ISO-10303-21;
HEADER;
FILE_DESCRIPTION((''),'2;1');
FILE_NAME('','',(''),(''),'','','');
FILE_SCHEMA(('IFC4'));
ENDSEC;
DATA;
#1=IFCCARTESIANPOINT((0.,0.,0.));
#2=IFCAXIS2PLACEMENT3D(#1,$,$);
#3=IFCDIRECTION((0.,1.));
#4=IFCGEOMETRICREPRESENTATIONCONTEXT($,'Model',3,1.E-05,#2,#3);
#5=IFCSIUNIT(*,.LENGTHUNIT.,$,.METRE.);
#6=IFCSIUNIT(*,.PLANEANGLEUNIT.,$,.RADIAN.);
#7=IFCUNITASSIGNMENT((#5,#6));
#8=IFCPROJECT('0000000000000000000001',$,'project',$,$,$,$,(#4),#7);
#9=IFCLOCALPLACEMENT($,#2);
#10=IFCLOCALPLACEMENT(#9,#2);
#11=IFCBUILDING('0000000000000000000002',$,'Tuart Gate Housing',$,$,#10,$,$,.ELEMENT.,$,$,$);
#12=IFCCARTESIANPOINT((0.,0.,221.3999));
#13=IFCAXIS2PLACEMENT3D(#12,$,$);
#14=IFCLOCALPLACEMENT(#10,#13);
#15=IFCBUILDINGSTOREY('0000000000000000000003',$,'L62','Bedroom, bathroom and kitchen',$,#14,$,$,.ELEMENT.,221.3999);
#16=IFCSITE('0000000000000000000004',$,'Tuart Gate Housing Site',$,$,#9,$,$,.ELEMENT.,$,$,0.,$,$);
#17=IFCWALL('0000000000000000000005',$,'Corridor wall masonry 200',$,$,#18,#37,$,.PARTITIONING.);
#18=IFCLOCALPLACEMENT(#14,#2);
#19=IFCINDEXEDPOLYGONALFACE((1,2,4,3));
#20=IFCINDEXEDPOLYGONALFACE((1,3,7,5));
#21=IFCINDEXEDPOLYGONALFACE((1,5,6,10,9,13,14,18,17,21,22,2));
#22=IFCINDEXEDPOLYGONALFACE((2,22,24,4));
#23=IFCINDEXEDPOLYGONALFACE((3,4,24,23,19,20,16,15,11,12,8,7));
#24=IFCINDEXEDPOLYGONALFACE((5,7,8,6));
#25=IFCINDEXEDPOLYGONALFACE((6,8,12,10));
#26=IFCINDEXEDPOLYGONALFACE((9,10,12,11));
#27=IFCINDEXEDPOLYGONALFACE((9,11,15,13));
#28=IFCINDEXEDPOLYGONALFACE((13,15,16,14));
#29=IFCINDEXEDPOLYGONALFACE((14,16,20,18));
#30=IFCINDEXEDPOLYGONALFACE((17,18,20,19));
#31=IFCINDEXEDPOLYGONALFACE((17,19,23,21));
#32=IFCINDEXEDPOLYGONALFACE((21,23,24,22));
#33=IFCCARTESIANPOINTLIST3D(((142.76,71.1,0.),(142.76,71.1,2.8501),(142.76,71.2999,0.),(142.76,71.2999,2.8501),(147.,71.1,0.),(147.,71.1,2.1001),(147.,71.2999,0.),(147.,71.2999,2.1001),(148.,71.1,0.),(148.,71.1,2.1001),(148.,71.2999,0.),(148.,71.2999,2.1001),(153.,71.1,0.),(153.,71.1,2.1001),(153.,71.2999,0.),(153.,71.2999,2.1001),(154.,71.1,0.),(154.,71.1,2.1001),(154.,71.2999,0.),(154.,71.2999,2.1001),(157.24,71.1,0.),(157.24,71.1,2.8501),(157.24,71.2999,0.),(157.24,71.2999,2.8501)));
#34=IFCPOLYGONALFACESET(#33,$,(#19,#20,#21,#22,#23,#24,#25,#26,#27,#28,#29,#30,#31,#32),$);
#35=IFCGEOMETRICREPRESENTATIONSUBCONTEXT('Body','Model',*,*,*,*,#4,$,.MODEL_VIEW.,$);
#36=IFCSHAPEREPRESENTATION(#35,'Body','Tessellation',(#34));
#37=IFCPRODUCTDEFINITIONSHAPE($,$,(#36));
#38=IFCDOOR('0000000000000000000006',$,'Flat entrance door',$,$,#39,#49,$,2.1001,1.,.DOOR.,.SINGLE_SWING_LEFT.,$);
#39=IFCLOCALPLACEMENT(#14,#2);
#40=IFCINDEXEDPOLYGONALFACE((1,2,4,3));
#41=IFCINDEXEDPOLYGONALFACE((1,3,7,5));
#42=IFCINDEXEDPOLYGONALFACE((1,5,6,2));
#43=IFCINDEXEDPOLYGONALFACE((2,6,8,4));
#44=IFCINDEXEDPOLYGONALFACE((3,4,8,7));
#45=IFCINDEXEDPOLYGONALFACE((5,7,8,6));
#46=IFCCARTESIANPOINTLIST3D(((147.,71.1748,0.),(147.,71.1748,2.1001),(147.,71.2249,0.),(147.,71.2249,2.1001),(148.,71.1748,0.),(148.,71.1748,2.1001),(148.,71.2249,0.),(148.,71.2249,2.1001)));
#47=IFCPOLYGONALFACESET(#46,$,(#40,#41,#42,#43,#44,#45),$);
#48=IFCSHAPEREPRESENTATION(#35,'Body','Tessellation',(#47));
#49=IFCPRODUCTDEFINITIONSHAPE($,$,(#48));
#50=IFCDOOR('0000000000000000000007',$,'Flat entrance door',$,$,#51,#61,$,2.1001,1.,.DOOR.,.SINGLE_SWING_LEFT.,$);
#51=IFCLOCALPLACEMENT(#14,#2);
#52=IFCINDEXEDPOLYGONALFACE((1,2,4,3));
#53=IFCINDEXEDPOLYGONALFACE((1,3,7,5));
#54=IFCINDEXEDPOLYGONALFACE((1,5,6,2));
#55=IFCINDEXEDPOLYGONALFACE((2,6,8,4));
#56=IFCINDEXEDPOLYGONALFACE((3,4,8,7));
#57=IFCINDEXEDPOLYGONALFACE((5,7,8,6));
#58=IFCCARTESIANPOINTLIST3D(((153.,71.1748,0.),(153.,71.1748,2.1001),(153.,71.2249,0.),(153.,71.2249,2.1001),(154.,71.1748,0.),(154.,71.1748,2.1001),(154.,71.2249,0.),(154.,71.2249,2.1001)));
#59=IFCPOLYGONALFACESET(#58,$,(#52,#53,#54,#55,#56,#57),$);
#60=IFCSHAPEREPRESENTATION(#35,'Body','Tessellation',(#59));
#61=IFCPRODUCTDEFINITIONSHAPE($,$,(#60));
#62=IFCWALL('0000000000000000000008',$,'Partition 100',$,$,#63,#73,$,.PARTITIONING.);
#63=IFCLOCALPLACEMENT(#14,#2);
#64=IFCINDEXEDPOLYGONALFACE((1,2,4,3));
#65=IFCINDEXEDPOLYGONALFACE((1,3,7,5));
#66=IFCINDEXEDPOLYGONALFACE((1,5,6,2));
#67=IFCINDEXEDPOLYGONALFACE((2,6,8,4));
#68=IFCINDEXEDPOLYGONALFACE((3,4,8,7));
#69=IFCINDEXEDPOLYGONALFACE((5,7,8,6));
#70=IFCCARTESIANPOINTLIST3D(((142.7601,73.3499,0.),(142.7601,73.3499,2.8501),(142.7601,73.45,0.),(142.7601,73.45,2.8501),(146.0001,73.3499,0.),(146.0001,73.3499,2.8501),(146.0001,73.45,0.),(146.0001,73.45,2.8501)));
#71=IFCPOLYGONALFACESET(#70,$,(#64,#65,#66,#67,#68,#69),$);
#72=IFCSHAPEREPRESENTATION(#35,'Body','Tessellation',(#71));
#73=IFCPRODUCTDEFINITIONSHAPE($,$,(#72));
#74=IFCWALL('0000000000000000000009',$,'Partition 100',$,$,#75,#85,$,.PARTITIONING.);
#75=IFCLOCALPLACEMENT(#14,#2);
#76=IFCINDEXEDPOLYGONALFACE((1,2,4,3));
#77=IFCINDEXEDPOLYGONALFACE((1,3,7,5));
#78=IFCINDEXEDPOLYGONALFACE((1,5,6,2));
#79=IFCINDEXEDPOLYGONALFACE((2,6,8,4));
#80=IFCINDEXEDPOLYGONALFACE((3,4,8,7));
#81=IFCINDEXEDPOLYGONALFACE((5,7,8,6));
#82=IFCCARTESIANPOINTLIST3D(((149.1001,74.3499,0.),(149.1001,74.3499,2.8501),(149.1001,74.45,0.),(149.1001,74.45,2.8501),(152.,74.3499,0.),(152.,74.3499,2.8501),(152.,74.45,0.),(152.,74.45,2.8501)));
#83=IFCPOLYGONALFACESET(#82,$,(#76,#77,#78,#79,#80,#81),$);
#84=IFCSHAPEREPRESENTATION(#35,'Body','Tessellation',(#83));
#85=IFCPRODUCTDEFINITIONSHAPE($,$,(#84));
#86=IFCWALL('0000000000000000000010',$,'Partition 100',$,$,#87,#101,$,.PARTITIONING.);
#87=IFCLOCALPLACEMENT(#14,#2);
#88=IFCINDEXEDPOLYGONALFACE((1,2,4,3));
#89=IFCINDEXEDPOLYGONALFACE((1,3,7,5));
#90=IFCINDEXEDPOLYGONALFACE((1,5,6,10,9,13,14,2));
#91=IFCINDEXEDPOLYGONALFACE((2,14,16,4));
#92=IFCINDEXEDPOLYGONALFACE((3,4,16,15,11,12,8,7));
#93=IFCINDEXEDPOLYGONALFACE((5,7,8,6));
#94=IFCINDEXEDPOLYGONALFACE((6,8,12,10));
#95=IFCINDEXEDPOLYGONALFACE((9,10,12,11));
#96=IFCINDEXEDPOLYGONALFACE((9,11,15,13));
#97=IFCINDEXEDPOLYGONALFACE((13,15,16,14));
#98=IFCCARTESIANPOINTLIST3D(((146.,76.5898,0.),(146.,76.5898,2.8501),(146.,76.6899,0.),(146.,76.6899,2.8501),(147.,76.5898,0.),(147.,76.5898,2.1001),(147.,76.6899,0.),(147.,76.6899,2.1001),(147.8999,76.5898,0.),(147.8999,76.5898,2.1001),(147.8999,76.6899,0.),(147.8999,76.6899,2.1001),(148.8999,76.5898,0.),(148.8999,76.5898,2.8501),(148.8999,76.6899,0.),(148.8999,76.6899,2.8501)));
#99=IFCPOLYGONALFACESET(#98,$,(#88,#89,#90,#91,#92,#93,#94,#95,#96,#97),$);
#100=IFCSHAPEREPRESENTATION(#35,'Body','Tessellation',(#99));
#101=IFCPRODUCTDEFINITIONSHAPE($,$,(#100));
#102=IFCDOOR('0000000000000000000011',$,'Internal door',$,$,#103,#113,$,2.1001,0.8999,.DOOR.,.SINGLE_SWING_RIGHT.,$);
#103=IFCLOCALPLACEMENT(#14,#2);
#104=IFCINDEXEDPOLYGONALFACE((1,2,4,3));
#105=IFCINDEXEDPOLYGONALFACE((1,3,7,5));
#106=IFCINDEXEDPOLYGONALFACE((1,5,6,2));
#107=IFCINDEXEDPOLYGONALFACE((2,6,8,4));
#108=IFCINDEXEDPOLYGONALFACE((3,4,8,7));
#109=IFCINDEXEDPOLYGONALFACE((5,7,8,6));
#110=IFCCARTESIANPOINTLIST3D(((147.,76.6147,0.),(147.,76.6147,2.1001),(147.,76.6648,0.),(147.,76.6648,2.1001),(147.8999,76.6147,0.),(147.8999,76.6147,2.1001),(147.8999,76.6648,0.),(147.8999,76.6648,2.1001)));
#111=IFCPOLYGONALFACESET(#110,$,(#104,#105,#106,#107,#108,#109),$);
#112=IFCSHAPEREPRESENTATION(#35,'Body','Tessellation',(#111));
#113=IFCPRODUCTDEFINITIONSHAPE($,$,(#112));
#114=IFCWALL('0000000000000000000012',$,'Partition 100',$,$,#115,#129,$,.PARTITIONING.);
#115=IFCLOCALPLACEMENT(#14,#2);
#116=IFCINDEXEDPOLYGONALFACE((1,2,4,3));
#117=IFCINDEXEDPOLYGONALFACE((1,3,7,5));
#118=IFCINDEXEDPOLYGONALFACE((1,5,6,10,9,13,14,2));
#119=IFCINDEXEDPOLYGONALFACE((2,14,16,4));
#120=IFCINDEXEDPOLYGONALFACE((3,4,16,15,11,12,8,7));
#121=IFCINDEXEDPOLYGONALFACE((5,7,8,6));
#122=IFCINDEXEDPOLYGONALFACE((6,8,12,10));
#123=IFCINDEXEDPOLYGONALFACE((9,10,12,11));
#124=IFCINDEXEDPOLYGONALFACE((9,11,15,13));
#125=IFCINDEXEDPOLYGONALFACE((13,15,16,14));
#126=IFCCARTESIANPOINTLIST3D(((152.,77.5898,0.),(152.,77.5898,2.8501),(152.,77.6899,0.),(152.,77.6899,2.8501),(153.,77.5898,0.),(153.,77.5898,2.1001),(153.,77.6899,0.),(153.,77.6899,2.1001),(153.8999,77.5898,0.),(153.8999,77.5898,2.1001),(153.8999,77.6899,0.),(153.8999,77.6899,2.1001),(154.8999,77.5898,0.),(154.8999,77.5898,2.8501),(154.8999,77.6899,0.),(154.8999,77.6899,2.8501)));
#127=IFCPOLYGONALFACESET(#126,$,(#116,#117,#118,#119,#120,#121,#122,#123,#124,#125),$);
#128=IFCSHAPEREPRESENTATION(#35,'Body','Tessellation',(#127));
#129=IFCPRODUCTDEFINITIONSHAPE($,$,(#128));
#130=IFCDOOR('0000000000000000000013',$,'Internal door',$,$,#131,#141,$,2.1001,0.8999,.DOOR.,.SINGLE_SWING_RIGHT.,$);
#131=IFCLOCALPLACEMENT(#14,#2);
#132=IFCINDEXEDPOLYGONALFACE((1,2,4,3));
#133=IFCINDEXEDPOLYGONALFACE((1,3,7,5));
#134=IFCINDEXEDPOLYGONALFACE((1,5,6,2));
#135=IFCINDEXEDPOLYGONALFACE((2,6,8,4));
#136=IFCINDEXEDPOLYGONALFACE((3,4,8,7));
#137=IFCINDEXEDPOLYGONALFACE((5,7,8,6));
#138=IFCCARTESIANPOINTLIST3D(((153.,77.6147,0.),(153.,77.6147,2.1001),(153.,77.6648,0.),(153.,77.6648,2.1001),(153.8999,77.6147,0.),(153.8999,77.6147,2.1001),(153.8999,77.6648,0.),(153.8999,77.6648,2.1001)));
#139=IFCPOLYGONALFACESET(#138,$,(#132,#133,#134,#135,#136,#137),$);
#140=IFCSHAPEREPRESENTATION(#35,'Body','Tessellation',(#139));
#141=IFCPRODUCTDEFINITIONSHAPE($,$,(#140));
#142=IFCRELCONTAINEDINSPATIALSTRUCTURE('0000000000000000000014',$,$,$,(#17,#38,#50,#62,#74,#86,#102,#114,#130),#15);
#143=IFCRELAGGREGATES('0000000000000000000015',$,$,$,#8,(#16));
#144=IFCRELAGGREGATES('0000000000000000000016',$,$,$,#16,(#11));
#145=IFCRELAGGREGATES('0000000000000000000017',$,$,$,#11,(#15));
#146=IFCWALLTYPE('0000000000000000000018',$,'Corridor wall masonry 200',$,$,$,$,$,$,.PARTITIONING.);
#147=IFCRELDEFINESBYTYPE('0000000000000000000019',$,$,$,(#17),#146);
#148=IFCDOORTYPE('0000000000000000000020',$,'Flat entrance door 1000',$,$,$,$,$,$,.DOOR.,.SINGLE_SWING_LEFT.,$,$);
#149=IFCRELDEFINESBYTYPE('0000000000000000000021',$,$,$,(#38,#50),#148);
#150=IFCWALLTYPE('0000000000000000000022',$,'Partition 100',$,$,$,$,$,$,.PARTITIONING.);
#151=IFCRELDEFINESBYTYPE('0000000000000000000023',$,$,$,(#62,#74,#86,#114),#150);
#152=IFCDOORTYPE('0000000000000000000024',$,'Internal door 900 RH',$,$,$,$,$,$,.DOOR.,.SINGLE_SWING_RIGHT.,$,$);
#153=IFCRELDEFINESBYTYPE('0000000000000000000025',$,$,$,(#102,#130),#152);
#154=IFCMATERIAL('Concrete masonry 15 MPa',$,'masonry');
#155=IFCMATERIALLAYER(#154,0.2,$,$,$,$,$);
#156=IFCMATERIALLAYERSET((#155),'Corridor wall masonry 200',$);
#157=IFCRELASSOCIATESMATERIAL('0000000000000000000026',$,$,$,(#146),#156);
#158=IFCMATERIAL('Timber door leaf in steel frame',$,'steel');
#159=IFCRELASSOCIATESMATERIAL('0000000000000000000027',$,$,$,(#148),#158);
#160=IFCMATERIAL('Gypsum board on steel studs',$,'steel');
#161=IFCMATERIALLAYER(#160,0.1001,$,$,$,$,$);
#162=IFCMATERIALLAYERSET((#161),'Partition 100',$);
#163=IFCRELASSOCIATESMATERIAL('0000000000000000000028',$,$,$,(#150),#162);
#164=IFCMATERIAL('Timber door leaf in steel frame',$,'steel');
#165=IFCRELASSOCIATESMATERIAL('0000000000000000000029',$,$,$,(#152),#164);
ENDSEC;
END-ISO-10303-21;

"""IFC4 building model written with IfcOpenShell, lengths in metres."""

from ifc_helpers import new_model, si_unit, direction, frame, frame_2d, origin, place, context, subcontext, project, spatial, rectangle, extrude, material, layer, layer_set, type_object, element, fill, save


model = new_model("IFC4")

# Units and contexts
model_context = context("Model", 3, precision=1e-05, world=origin(), true_north=direction((0.0, 1.0)))
body_context = subcontext(model_context, "Body", "Model", "MODEL_VIEW")
ifc_project = project(units=[si_unit("LENGTHUNIT", "METRE"), si_unit("PLANEANGLEUNIT", "RADIAN")], contexts=[model_context])

# Site, building, storey
site_placement = place(None, origin())
site = spatial("IfcSite", under=ifc_project, at=site_placement, Name="Tuart Gate Housing Site", CompositionType="ELEMENT", RefElevation=0.0)
building_placement = place(site_placement, origin())
building = spatial("IfcBuilding", under=site, at=building_placement, Name="Tuart Gate Housing", CompositionType="ELEMENT")
storey_placement = place(building_placement, frame((0.0, 0.0, 221.3999)))
storey = spatial("IfcBuildingStorey", under=building, at=storey_placement, Name="L62", Description="Bedroom, bathroom and kitchen", CompositionType="ELEMENT", Elevation=221.3999)

# Wall, openings, doors
ifc_material_1 = material(Name="Concrete masonry 15 MPa", Category="masonry")
ifc_layer_1 = layer(ifc_material_1, 0.2)
ifc_layer_set_1 = layer_set([ifc_layer_1], Name="Corridor wall masonry 200")
wall_type_1 = type_object("IfcWallType", Name="Corridor wall masonry 200", PredefinedType="PARTITIONING", material=ifc_layer_set_1)
wall_1_placement = place(storey_placement, frame((142.76, 71.2, 0.0), z_axis=(0.0, 0.0, 1.0), x_axis=(1.0, 0.0, 0.0)))
wall_1 = element("IfcWall", 1, at=wall_1_placement, inside=storey, type_object=wall_type_1, Name="Corridor wall masonry 200", PredefinedType="PARTITIONING", context=body_context, shape_type="SweptSolid", body=[
    extrude(rectangle(XDim=14.48, YDim=0.2, at=frame_2d((7.24, 0.0))), origin(), (0.0, 0.0, 1.0), 2.8501),
])
opening_1_placement = place(wall_1_placement, frame((4.24, 0.0, 0.0)))
opening_1 = element("IfcOpeningElement", 2, at=opening_1_placement, cuts=wall_1, PredefinedType="OPENING", context=body_context, shape_type="SweptSolid", body=[
    extrude(rectangle(XDim=1.0, YDim=2.1001, at=frame_2d((0.5, 1.05))), frame((0.0, 0.1099, 0.0), z_axis=(0.0, -1.0, 0.0), x_axis=(1.0, 0.0, 0.0)), (0.0, 0.0, 1.0), 0.22),
])
opening_2_placement = place(wall_1_placement, frame((10.24, 0.0, 0.0)))
opening_2 = element("IfcOpeningElement", 3, at=opening_2_placement, cuts=wall_1, PredefinedType="OPENING", context=body_context, shape_type="SweptSolid", body=[
    extrude(rectangle(XDim=1.0, YDim=2.1001, at=frame_2d((0.5, 1.05))), frame((0.0, 0.1099, 0.0), z_axis=(0.0, -1.0, 0.0), x_axis=(1.0, 0.0, 0.0)), (0.0, 0.0, 1.0), 0.22),
])
ifc_material_2 = material(Name="Timber door leaf in steel frame", Category="steel")
door_type_1 = type_object("IfcDoorType", Name="Flat entrance door 1000", OperationType="SINGLE_SWING_LEFT", PredefinedType="DOOR", material=ifc_material_2)
door_1_placement = place(opening_1_placement, origin())
door_1 = element("IfcDoor", 4, at=door_1_placement, inside=storey, type_object=door_type_1, Name="Flat entrance door", OperationType="SINGLE_SWING_LEFT", OverallHeight=2.1001, OverallWidth=1.0, PredefinedType="DOOR", context=body_context, shape_type="SweptSolid", body=[
    extrude(rectangle(XDim=1.0, YDim=2.1001, at=frame_2d((0.5, 1.05))), frame((0.0, 0.0249, 0.0), z_axis=(0.0, -1.0, 0.0), x_axis=(1.0, 0.0, 0.0)), (0.0, 0.0, 1.0), 0.05),
])
fill(opening_1, door_1)
door_2_placement = place(opening_2_placement, origin())
door_2 = element("IfcDoor", 5, at=door_2_placement, inside=storey, type_object=door_type_1, Name="Flat entrance door", OperationType="SINGLE_SWING_LEFT", OverallHeight=2.1001, OverallWidth=1.0, PredefinedType="DOOR", context=body_context, shape_type="SweptSolid", body=[
    extrude(rectangle(XDim=1.0, YDim=2.1001, at=frame_2d((0.5, 1.05))), frame((0.0, 0.0249, 0.0), z_axis=(0.0, -1.0, 0.0), x_axis=(1.0, 0.0, 0.0)), (0.0, 0.0, 1.0), 0.05),
])
fill(opening_2, door_2)

# Walls
ifc_material_3 = material(Name="Gypsum board on steel studs", Category="steel")
ifc_layer_2 = layer(ifc_material_3, 0.1001)
ifc_layer_set_2 = layer_set([ifc_layer_2], Name="Partition 100")
wall_type_2 = type_object("IfcWallType", Name="Partition 100", PredefinedType="PARTITIONING", material=ifc_layer_set_2)
wall_2_placement = place(storey_placement, frame((142.76, 73.3999, 0.0), z_axis=(0.0, 0.0, 1.0), x_axis=(1.0, 0.0, 0.0)))
element("IfcWall", 6, at=wall_2_placement, inside=storey, type_object=wall_type_2, Name="Partition 100", PredefinedType="PARTITIONING", context=body_context, shape_type="SweptSolid", body=[
    extrude(rectangle(XDim=3.24, YDim=0.1001, at=frame_2d((1.6201, 0.0))), origin(), (0.0, 0.0, 1.0), 2.8501),
])
wall_3_placement = place(storey_placement, frame((149.1001, 74.3999, 0.0), z_axis=(0.0, 0.0, 1.0), x_axis=(1.0, 0.0, 0.0)))
element("IfcWall", 7, at=wall_3_placement, inside=storey, type_object=wall_type_2, Name="Partition 100", PredefinedType="PARTITIONING", context=body_context, shape_type="SweptSolid", body=[
    extrude(rectangle(XDim=2.8999, YDim=0.1001, at=frame_2d((1.45, 0.0))), origin(), (0.0, 0.0, 1.0), 2.8501),
])

# Walls, openings, doors
wall_4_placement = place(storey_placement, frame((146.0, 76.6399, 0.0), z_axis=(0.0, 0.0, 1.0), x_axis=(1.0, 0.0, 0.0)))
wall_4 = element("IfcWall", 8, at=wall_4_placement, inside=storey, type_object=wall_type_2, Name="Partition 100", PredefinedType="PARTITIONING", context=body_context, shape_type="SweptSolid", body=[
    extrude(rectangle(XDim=2.8999, YDim=0.1001, at=frame_2d((1.45, 0.0))), origin(), (0.0, 0.0, 1.0), 2.8501),
])
opening_3_placement = place(wall_4_placement, frame((1.0, 0.0, 0.0)))
opening_3 = element("IfcOpeningElement", 9, at=opening_3_placement, cuts=wall_4, PredefinedType="OPENING", context=body_context, shape_type="SweptSolid", body=[
    extrude(rectangle(XDim=0.8999, YDim=2.1001, at=frame_2d((0.45, 1.05))), frame((0.0, 0.0601, 0.0), z_axis=(0.0, -1.0, 0.0), x_axis=(1.0, 0.0, 0.0)), (0.0, 0.0, 1.0), 0.1201),
])
ifc_material_4 = material(Name="Timber door leaf in steel frame", Category="steel")
door_type_2 = type_object("IfcDoorType", Name="Internal door 900 RH", OperationType="SINGLE_SWING_RIGHT", PredefinedType="DOOR", material=ifc_material_4)
door_3_placement = place(opening_3_placement, frame((0.8999, 0.0, 0.0), z_axis=(0.0, 0.0, 1.0), x_axis=(-1.0, 0.0, 0.0)))
door_3 = element("IfcDoor", 10, at=door_3_placement, inside=storey, type_object=door_type_2, Name="Internal door", OperationType="SINGLE_SWING_RIGHT", OverallHeight=2.1001, OverallWidth=0.8999, PredefinedType="DOOR", context=body_context, shape_type="SweptSolid", body=[
    extrude(rectangle(XDim=0.8999, YDim=2.1001, at=frame_2d((0.45, 1.05))), frame((0.0, 0.0251, 0.0), z_axis=(0.0, -1.0, 0.0), x_axis=(1.0, 0.0, 0.0)), (0.0, 0.0, 1.0), 0.05),
])
fill(opening_3, door_3)
wall_5_placement = place(storey_placement, frame((152.0, 77.6399, 0.0), z_axis=(0.0, 0.0, 1.0), x_axis=(1.0, 0.0, 0.0)))
wall_5 = element("IfcWall", 11, at=wall_5_placement, inside=storey, type_object=wall_type_2, Name="Partition 100", PredefinedType="PARTITIONING", context=body_context, shape_type="SweptSolid", body=[
    extrude(rectangle(XDim=2.8999, YDim=0.1001, at=frame_2d((1.45, 0.0))), origin(), (0.0, 0.0, 1.0), 2.8501),
])
opening_4_placement = place(wall_5_placement, frame((1.0, 0.0, 0.0)))
opening_4 = element("IfcOpeningElement", 12, at=opening_4_placement, cuts=wall_5, PredefinedType="OPENING", context=body_context, shape_type="SweptSolid", body=[
    extrude(rectangle(XDim=0.8999, YDim=2.1001, at=frame_2d((0.45, 1.05))), frame((0.0, 0.0601, 0.0), z_axis=(0.0, -1.0, 0.0), x_axis=(1.0, 0.0, 0.0)), (0.0, 0.0, 1.0), 0.1201),
])
door_4_placement = place(opening_4_placement, frame((0.8999, 0.0, 0.0), z_axis=(0.0, 0.0, 1.0), x_axis=(-1.0, 0.0, 0.0)))
door_4 = element("IfcDoor", 13, at=door_4_placement, inside=storey, type_object=door_type_2, Name="Internal door", OperationType="SINGLE_SWING_RIGHT", OverallHeight=2.1001, OverallWidth=0.8999, PredefinedType="DOOR", context=body_context, shape_type="SweptSolid", body=[
    extrude(rectangle(XDim=0.8999, YDim=2.1001, at=frame_2d((0.45, 1.05))), frame((0.0, 0.0251, 0.0), z_axis=(0.0, -1.0, 0.0), x_axis=(1.0, 0.0, 0.0)), (0.0, 0.0, 1.0), 0.05),
])
fill(opening_4, door_4)

save(model, "model.ifc")
